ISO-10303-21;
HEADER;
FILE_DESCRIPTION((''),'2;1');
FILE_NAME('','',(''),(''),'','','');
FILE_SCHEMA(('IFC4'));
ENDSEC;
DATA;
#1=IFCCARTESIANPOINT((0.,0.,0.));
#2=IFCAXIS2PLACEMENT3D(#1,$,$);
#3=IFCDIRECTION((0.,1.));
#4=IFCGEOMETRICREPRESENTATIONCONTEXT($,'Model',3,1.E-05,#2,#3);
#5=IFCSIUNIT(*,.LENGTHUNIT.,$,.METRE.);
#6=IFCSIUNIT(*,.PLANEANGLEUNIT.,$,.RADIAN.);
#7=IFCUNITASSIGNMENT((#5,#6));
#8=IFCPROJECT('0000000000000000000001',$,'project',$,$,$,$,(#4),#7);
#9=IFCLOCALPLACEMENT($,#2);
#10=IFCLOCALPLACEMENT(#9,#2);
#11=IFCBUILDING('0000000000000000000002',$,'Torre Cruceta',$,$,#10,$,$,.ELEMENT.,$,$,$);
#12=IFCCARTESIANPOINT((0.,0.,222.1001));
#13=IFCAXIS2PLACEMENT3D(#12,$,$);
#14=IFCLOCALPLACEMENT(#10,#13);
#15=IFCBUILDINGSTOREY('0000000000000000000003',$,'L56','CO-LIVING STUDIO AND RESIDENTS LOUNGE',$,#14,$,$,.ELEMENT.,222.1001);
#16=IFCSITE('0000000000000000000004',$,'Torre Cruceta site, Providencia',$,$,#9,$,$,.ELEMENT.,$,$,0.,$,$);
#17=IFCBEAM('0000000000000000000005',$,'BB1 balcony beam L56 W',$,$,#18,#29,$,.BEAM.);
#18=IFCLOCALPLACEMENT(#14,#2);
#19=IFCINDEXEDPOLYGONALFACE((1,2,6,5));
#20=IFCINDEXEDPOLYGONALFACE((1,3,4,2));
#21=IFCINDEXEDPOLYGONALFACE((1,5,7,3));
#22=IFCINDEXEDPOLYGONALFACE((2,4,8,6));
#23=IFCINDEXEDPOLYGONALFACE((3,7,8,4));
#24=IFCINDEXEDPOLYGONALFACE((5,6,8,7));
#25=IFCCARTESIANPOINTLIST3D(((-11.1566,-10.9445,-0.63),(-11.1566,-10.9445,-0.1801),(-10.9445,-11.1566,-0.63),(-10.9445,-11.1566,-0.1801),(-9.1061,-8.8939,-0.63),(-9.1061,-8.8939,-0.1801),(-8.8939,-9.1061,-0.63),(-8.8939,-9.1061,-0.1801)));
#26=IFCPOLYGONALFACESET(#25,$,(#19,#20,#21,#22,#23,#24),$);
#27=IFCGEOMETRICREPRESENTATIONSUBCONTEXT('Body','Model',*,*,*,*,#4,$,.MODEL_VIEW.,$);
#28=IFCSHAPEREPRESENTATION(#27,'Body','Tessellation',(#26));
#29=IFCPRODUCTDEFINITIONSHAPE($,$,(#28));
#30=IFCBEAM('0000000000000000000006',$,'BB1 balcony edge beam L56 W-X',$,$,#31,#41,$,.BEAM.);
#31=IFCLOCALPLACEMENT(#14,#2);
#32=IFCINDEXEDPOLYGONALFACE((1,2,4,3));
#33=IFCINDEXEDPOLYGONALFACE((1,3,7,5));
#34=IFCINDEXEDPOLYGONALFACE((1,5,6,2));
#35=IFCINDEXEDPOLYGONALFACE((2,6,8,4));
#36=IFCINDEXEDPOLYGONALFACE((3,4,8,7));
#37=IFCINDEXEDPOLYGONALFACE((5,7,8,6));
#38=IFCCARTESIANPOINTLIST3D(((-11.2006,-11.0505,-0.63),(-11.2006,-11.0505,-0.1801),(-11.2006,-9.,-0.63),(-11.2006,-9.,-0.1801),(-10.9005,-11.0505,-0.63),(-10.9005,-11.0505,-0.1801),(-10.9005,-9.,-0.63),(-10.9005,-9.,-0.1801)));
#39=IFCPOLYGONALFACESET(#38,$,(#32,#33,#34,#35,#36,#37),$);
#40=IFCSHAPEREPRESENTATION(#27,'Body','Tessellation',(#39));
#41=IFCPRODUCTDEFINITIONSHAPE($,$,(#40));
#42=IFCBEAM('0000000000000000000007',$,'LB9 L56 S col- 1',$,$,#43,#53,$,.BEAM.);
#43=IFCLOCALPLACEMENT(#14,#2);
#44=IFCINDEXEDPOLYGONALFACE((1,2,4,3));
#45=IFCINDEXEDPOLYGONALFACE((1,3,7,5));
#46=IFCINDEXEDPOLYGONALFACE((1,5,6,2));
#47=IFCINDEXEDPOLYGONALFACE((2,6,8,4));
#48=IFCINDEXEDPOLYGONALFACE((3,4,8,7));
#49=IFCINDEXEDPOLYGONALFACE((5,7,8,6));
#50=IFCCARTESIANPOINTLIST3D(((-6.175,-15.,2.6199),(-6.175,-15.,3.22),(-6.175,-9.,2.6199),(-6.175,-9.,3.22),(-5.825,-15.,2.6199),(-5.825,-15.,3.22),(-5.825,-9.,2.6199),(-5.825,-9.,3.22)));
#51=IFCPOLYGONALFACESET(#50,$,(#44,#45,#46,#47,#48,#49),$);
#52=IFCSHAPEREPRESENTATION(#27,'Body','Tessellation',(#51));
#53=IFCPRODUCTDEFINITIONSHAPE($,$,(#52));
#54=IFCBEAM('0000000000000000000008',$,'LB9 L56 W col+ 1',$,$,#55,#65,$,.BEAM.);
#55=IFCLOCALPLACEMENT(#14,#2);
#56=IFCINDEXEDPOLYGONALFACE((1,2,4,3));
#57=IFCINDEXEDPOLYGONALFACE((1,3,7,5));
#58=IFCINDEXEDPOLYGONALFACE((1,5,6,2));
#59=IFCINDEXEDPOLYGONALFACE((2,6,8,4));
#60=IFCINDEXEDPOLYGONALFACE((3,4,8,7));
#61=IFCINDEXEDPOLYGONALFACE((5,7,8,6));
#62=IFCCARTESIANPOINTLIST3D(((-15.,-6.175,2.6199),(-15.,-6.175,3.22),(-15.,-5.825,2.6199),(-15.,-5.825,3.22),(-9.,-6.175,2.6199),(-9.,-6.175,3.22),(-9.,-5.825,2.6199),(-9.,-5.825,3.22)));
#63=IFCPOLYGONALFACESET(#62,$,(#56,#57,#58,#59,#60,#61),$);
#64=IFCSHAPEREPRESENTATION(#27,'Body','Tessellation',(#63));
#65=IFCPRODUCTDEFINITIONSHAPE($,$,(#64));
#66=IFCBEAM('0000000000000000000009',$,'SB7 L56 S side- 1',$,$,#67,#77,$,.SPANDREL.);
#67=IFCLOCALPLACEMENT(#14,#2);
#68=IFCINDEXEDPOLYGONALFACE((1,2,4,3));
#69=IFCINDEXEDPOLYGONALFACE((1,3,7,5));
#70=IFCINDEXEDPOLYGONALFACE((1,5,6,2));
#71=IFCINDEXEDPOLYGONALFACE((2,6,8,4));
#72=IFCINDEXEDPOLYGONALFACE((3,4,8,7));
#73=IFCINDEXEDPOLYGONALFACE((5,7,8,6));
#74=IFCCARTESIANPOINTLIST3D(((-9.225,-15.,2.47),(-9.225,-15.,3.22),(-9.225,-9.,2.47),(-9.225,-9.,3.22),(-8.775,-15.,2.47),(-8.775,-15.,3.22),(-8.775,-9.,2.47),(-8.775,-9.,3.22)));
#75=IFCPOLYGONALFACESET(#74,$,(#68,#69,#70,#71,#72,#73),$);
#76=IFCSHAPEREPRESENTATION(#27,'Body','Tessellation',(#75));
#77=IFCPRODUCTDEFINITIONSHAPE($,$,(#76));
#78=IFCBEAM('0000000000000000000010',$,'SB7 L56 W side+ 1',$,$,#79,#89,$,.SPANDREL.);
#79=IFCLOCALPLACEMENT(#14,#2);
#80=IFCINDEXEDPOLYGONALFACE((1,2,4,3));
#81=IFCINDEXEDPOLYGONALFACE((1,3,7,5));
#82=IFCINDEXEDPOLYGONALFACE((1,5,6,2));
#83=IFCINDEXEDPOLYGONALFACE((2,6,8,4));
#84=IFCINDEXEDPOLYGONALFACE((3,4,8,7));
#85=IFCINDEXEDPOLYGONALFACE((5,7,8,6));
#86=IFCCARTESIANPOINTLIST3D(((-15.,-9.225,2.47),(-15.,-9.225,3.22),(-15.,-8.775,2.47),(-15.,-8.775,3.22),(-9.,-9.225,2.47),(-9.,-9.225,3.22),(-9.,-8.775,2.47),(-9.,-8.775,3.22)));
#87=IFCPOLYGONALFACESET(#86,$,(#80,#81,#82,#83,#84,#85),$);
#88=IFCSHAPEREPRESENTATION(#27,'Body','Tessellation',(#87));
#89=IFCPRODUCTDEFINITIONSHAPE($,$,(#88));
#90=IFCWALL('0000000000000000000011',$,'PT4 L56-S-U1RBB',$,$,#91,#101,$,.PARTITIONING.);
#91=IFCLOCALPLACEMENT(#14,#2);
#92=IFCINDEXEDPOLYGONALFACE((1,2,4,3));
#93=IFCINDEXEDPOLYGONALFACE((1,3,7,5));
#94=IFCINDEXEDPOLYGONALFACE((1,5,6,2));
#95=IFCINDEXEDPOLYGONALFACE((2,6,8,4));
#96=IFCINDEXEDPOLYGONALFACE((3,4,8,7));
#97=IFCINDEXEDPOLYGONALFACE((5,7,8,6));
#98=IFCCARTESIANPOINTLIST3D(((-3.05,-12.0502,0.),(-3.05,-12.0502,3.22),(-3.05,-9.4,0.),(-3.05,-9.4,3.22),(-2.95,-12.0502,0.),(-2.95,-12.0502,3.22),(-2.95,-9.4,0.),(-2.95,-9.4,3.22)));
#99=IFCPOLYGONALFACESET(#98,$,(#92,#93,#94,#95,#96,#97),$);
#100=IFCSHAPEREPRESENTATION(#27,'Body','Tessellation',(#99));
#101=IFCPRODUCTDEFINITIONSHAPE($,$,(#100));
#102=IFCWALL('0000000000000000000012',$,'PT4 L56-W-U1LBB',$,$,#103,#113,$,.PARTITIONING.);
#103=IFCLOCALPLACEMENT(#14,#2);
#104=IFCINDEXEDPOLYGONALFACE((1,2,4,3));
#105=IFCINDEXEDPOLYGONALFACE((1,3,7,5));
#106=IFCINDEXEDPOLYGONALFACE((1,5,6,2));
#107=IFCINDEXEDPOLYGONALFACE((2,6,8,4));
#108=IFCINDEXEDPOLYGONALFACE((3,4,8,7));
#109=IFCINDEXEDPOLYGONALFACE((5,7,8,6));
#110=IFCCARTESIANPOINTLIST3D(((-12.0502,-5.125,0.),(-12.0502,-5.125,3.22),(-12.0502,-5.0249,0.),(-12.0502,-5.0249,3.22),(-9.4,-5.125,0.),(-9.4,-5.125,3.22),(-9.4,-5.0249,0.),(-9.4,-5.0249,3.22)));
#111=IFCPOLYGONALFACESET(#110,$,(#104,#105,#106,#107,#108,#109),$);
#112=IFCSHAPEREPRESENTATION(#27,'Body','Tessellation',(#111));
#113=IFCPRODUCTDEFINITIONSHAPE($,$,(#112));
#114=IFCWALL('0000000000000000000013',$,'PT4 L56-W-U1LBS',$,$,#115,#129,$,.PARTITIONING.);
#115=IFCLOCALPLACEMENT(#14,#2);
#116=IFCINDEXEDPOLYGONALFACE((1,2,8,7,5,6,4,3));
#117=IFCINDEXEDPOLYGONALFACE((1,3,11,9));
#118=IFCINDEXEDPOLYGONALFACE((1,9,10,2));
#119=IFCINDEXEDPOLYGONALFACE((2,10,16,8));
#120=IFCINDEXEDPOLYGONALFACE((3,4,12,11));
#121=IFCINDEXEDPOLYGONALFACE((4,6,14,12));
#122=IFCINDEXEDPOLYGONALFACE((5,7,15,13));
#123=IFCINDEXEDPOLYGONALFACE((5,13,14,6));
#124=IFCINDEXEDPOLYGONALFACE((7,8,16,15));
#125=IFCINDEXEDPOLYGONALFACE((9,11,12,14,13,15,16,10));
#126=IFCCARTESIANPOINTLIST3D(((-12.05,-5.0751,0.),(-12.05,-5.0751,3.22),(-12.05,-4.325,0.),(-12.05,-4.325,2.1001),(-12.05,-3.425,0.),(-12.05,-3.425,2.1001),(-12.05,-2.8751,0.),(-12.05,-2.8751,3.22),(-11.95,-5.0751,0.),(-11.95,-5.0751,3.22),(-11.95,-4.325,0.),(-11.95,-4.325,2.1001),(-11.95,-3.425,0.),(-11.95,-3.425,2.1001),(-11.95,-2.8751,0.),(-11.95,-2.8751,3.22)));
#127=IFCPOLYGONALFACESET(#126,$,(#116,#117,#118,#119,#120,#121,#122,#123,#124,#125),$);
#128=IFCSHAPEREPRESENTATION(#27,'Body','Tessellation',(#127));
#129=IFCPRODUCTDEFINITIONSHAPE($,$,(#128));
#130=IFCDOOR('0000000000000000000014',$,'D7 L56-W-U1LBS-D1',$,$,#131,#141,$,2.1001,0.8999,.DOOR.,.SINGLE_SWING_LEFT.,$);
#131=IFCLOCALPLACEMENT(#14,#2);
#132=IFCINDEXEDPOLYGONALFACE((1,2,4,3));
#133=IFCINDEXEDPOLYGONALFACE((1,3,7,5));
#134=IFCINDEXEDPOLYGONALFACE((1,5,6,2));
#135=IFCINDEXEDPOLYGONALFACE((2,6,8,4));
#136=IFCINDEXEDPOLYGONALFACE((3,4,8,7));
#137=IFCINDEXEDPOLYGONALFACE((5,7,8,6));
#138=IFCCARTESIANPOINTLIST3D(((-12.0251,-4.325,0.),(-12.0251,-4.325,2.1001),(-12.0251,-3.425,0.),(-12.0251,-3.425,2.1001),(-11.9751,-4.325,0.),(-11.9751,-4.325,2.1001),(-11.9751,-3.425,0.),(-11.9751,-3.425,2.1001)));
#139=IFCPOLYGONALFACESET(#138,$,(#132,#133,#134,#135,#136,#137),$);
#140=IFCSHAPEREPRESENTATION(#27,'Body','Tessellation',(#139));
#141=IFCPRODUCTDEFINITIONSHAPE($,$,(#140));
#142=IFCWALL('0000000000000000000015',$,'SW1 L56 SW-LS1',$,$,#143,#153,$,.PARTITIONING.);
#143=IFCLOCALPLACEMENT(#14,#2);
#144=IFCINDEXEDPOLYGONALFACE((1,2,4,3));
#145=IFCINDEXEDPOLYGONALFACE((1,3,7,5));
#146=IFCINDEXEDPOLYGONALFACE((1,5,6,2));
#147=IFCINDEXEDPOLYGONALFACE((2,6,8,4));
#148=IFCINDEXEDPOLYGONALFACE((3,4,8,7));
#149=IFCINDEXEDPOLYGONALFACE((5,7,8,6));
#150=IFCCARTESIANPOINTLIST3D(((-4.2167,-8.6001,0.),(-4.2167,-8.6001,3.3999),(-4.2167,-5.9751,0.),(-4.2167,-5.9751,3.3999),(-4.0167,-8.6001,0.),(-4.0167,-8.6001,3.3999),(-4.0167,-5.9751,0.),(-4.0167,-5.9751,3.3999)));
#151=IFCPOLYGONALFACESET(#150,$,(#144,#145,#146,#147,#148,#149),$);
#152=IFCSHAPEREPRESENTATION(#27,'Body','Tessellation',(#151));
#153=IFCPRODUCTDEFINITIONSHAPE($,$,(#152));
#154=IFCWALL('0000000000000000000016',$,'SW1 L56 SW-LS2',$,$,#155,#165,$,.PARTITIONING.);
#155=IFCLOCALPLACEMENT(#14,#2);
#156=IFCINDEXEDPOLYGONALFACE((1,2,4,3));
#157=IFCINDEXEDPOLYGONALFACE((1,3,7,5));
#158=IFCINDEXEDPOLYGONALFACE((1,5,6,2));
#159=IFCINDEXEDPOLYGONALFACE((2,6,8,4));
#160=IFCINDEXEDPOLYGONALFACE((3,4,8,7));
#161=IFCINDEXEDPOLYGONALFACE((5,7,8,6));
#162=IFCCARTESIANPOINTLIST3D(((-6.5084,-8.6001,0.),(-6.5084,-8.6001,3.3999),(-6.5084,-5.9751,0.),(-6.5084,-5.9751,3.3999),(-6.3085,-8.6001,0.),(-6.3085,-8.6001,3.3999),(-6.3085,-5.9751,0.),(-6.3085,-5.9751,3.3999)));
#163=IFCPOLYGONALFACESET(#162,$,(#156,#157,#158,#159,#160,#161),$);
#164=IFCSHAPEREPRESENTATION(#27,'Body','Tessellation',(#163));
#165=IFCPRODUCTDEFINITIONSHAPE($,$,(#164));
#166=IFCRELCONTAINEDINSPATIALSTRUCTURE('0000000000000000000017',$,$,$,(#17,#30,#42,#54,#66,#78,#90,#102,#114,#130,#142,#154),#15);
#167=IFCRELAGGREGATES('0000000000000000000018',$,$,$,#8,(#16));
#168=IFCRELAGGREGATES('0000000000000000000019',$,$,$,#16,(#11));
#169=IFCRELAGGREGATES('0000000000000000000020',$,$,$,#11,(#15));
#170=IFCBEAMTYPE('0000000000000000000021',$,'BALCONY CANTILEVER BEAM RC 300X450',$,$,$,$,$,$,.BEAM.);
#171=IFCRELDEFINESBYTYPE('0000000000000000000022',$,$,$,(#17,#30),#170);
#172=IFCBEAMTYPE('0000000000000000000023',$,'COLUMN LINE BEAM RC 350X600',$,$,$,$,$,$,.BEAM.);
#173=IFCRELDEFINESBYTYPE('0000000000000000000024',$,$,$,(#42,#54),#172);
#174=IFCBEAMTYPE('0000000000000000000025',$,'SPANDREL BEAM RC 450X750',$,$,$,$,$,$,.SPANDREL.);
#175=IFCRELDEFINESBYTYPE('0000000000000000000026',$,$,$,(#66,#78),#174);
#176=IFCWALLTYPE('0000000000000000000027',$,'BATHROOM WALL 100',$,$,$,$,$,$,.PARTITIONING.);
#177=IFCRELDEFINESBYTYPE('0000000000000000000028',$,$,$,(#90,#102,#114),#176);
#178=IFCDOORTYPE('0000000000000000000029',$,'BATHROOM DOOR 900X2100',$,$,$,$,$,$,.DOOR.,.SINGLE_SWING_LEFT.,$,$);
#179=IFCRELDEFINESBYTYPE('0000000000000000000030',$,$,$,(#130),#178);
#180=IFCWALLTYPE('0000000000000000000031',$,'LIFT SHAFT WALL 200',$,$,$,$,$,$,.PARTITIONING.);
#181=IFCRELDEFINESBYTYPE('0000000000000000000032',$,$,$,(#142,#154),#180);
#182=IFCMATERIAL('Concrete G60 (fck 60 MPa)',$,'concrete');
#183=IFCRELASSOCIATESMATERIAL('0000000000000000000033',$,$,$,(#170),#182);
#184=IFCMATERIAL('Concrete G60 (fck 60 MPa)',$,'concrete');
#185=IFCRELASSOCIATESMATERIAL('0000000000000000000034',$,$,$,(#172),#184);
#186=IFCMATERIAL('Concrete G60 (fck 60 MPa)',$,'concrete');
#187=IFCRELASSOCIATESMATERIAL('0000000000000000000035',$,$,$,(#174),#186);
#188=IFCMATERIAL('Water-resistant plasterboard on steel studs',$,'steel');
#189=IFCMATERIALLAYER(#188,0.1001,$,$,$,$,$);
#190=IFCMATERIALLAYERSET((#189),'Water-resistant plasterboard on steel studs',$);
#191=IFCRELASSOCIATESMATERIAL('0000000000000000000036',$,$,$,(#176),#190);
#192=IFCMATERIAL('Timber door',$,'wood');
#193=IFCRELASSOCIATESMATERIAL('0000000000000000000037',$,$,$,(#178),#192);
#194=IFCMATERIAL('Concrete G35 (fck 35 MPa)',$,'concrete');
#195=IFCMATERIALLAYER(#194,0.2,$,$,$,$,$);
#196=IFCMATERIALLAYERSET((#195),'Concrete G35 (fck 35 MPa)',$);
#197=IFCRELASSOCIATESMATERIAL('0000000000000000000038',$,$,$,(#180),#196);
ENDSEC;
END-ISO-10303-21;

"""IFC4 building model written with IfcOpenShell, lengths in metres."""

from ifc_helpers import new_model, si_unit, direction, frame, frame_2d, origin, origin_2d, place, context, subcontext, project, spatial, rectangle, extrude, material, layer, layer_set, material_profile, profile_set, type_object, element, fill, save


model = new_model("IFC4")

# Units and contexts
model_context = context("Model", 3, precision=1e-05, world=origin(), true_north=direction((0.0, 1.0)))
body_context = subcontext(model_context, "Body", "Model", "MODEL_VIEW")
ifc_project = project(units=[si_unit("LENGTHUNIT", "METRE"), si_unit("PLANEANGLEUNIT", "RADIAN")], contexts=[model_context])

# Site, building, storey
site_placement = place(None, origin())
site = spatial("IfcSite", under=ifc_project, at=site_placement, Name="Torre Cruceta site, Providencia", CompositionType="ELEMENT", RefElevation=0.0)
building_placement = place(site_placement, origin())
building = spatial("IfcBuilding", under=site, at=building_placement, Name="Torre Cruceta", CompositionType="ELEMENT")
storey_placement = place(building_placement, frame((0.0, 0.0, 222.1001)))
storey = spatial("IfcBuildingStorey", under=building, at=storey_placement, Name="L56", Description="CO-LIVING STUDIO AND RESIDENTS LOUNGE", CompositionType="ELEMENT", Elevation=222.1001)

# Beams
ifc_material_1 = material(Name="Concrete G60 (fck 60 MPa)", Category="concrete")
ifc_material_profile_1 = material_profile(ifc_material_1, rectangle(XDim=0.3, YDim=0.45, at=origin_2d()), Name="RC 300X450")
ifc_profile_set_1 = profile_set([ifc_material_profile_1], Name="Concrete G60 (fck 60 MPa)")
beam_type_1 = type_object("IfcBeamType", Name="BALCONY CANTILEVER BEAM RC 300X450", PredefinedType="BEAM", material=ifc_profile_set_1)
beam_1_placement = place(storey_placement, frame((-9.0, -9.0, -0.405), z_axis=(-0.707107, -0.707107, 0.0), x_axis=(0.707107, -0.707107, 0.0)))
element("IfcBeam", 1, at=beam_1_placement, inside=storey, type_object=beam_type_1, Name="BB1 balcony beam L56 W", PredefinedType="BEAM", context=body_context, shape_type="SweptSolid", body=[
    extrude(rectangle(XDim=0.3, YDim=0.45, at=origin_2d()), origin(), (0.0, 0.0, 1.0), 2.8999),
])
beam_2_placement = place(storey_placement, frame((-11.0505, -9.0, -0.405), z_axis=(0.0, -1.0, 0.0), x_axis=(1.0, 0.0, 0.0)))
element("IfcBeam", 2, at=beam_2_placement, inside=storey, type_object=beam_type_1, Name="BB1 balcony edge beam L56 W-X", PredefinedType="BEAM", context=body_context, shape_type="SweptSolid", body=[
    extrude(rectangle(XDim=0.3, YDim=0.45, at=origin_2d()), origin(), (0.0, 0.0, 1.0), 2.0505),
])
ifc_material_2 = material(Name="Concrete G60 (fck 60 MPa)", Category="concrete")
ifc_material_profile_2 = material_profile(ifc_material_2, rectangle(XDim=0.3501, YDim=0.6001, at=origin_2d()), Name="RC 350X600")
ifc_profile_set_2 = profile_set([ifc_material_profile_2], Name="Concrete G60 (fck 60 MPa)")
beam_type_2 = type_object("IfcBeamType", Name="COLUMN LINE BEAM RC 350X600", PredefinedType="BEAM", material=ifc_profile_set_2)
for number, where, z_axis, x_axis, name in (
    (3, (-6.0, -9.0, 2.9199), (0.0, -1.0, 0.0), (1.0, 0.0, 0.0), "LB9 L56 S col- 1"),
    (4, (-9.0, -6.0, 2.9199), (-1.0, 0.0, 0.0), (0.0, -1.0, 0.0), "LB9 L56 W col+ 1"),
):
    element("IfcBeam", number, at=place(storey_placement, frame(where, z_axis=z_axis, x_axis=x_axis)), inside=storey, type_object=beam_type_2, Name=name, PredefinedType="BEAM", context=body_context, shape_type="SweptSolid", body=[
        extrude(rectangle(XDim=0.3501, YDim=0.6001, at=origin_2d()), origin(), (0.0, 0.0, 1.0), 6.0),
    ])
ifc_material_3 = material(Name="Concrete G60 (fck 60 MPa)", Category="concrete")
ifc_material_profile_3 = material_profile(ifc_material_3, rectangle(XDim=0.45, YDim=0.75, at=origin_2d()), Name="RC 450X750")
ifc_profile_set_3 = profile_set([ifc_material_profile_3], Name="Concrete G60 (fck 60 MPa)")
beam_type_3 = type_object("IfcBeamType", Name="SPANDREL BEAM RC 450X750", PredefinedType="SPANDREL", material=ifc_profile_set_3)
for number, where, z_axis, x_axis, name in (
    (5, (-9.0, -9.0, 2.845), (0.0, -1.0, 0.0), (1.0, 0.0, 0.0), "SB7 L56 S side- 1"),
    (6, (-9.0, -9.0, 2.845), (-1.0, 0.0, 0.0), (0.0, -1.0, 0.0), "SB7 L56 W side+ 1"),
):
    element("IfcBeam", number, at=place(storey_placement, frame(where, z_axis=z_axis, x_axis=x_axis)), inside=storey, type_object=beam_type_3, Name=name, PredefinedType="SPANDREL", context=body_context, shape_type="SweptSolid", body=[
        extrude(rectangle(XDim=0.45, YDim=0.75, at=origin_2d()), origin(), (0.0, 0.0, 1.0), 6.0),
    ])

# Walls
ifc_material_4 = material(Name="Water-resistant plasterboard on steel studs", Category="steel")
ifc_layer_1 = layer(ifc_material_4, 0.1001)
ifc_layer_set_1 = layer_set([ifc_layer_1], Name="Water-resistant plasterboard on steel studs")
wall_type_1 = type_object("IfcWallType", Name="BATHROOM WALL 100", PredefinedType="PARTITIONING", material=ifc_layer_set_1)
for number, where, z_axis, x_axis, name in (
    (7, (-3.0, -9.3999, 0.0), (0.0, 0.0, 1.0), (0.0, -1.0, 0.0), "PT4 L56-S-U1RBB"),
    (8, (-9.3999, -5.075, 0.0), (0.0, 0.0, 1.0), (-1.0, 0.0, 0.0), "PT4 L56-W-U1LBB"),
):
    element("IfcWall", number, at=place(storey_placement, frame(where, z_axis=z_axis, x_axis=x_axis)), inside=storey, type_object=wall_type_1, Name=name, PredefinedType="PARTITIONING", context=body_context, shape_type="SweptSolid", body=[
        extrude(rectangle(XDim=2.6501, YDim=0.1001, at=frame_2d((1.3252, 0.0))), origin(), (0.0, 0.0, 1.0), 3.22),
    ])

# Wall, opening, door
wall_1_placement = place(storey_placement, frame((-12.0, -2.875, 0.0), z_axis=(0.0, 0.0, 1.0), x_axis=(0.0, -1.0, 0.0)))
wall_1 = element("IfcWall", 9, at=wall_1_placement, inside=storey, type_object=wall_type_1, Name="PT4 L56-W-U1LBS", PredefinedType="PARTITIONING", context=body_context, shape_type="SweptSolid", body=[
    extrude(rectangle(XDim=2.2, YDim=0.1001, at=frame_2d((1.1001, 0.0))), origin(), (0.0, 0.0, 1.0), 3.22),
])
opening_1_placement = place(wall_1_placement, frame((0.55, 0.0, 0.0)))
opening_1 = element("IfcOpeningElement", 10, at=opening_1_placement, cuts=wall_1, PredefinedType="OPENING", context=body_context, shape_type="SweptSolid", body=[
    extrude(rectangle(XDim=0.8999, YDim=2.1001, at=frame_2d((0.45, 1.05))), frame((0.0, 0.0601, 0.0), z_axis=(0.0, -1.0, 0.0), x_axis=(1.0, 0.0, 0.0)), (0.0, 0.0, 1.0), 0.1201),
])
ifc_material_5 = material(Name="Timber door", Category="wood")
door_type_1 = type_object("IfcDoorType", Name="BATHROOM DOOR 900X2100", OperationType="SINGLE_SWING_LEFT", PredefinedType="DOOR", material=ifc_material_5)
door_1_placement = place(opening_1_placement, origin())
door_1 = element("IfcDoor", 11, at=door_1_placement, inside=storey, type_object=door_type_1, Name="D7 L56-W-U1LBS-D1", OperationType="SINGLE_SWING_LEFT", OverallHeight=2.1001, OverallWidth=0.8999, PredefinedType="DOOR", context=body_context, shape_type="SweptSolid", body=[
    extrude(rectangle(XDim=0.8999, YDim=2.1001, at=frame_2d((0.45, 1.05))), frame((0.0, 0.0249, 0.0), z_axis=(0.0, -1.0, 0.0), x_axis=(1.0, 0.0, 0.0)), (0.0, 0.0, 1.0), 0.05),
])
fill(opening_1, door_1)

# Walls
ifc_material_6 = material(Name="Concrete G35 (fck 35 MPa)", Category="concrete")
ifc_layer_2 = layer(ifc_material_6, 0.2)
ifc_layer_set_2 = layer_set([ifc_layer_2], Name="Concrete G35 (fck 35 MPa)")
wall_type_2 = type_object("IfcWallType", Name="LIFT SHAFT WALL 200", PredefinedType="PARTITIONING", material=ifc_layer_set_2)
for number, where, z_axis, x_axis, name in (
    (12, (-4.1167, -5.9751, 0.0), (0.0, 0.0, 1.0), (0.0, -1.0, 0.0), "SW1 L56 SW-LS1"),
    (13, (-6.4084, -5.9751, 0.0), (0.0, 0.0, 1.0), (0.0, -1.0, 0.0), "SW1 L56 SW-LS2"),
):
    element("IfcWall", number, at=place(storey_placement, frame(where, z_axis=z_axis, x_axis=x_axis)), inside=storey, type_object=wall_type_2, Name=name, PredefinedType="PARTITIONING", context=body_context, shape_type="SweptSolid", body=[
        extrude(rectangle(XDim=2.625, YDim=0.2, at=frame_2d((1.3125, 0.0))), origin(), (0.0, 0.0, 1.0), 3.3999),
    ])

save(model, "model.ifc")
